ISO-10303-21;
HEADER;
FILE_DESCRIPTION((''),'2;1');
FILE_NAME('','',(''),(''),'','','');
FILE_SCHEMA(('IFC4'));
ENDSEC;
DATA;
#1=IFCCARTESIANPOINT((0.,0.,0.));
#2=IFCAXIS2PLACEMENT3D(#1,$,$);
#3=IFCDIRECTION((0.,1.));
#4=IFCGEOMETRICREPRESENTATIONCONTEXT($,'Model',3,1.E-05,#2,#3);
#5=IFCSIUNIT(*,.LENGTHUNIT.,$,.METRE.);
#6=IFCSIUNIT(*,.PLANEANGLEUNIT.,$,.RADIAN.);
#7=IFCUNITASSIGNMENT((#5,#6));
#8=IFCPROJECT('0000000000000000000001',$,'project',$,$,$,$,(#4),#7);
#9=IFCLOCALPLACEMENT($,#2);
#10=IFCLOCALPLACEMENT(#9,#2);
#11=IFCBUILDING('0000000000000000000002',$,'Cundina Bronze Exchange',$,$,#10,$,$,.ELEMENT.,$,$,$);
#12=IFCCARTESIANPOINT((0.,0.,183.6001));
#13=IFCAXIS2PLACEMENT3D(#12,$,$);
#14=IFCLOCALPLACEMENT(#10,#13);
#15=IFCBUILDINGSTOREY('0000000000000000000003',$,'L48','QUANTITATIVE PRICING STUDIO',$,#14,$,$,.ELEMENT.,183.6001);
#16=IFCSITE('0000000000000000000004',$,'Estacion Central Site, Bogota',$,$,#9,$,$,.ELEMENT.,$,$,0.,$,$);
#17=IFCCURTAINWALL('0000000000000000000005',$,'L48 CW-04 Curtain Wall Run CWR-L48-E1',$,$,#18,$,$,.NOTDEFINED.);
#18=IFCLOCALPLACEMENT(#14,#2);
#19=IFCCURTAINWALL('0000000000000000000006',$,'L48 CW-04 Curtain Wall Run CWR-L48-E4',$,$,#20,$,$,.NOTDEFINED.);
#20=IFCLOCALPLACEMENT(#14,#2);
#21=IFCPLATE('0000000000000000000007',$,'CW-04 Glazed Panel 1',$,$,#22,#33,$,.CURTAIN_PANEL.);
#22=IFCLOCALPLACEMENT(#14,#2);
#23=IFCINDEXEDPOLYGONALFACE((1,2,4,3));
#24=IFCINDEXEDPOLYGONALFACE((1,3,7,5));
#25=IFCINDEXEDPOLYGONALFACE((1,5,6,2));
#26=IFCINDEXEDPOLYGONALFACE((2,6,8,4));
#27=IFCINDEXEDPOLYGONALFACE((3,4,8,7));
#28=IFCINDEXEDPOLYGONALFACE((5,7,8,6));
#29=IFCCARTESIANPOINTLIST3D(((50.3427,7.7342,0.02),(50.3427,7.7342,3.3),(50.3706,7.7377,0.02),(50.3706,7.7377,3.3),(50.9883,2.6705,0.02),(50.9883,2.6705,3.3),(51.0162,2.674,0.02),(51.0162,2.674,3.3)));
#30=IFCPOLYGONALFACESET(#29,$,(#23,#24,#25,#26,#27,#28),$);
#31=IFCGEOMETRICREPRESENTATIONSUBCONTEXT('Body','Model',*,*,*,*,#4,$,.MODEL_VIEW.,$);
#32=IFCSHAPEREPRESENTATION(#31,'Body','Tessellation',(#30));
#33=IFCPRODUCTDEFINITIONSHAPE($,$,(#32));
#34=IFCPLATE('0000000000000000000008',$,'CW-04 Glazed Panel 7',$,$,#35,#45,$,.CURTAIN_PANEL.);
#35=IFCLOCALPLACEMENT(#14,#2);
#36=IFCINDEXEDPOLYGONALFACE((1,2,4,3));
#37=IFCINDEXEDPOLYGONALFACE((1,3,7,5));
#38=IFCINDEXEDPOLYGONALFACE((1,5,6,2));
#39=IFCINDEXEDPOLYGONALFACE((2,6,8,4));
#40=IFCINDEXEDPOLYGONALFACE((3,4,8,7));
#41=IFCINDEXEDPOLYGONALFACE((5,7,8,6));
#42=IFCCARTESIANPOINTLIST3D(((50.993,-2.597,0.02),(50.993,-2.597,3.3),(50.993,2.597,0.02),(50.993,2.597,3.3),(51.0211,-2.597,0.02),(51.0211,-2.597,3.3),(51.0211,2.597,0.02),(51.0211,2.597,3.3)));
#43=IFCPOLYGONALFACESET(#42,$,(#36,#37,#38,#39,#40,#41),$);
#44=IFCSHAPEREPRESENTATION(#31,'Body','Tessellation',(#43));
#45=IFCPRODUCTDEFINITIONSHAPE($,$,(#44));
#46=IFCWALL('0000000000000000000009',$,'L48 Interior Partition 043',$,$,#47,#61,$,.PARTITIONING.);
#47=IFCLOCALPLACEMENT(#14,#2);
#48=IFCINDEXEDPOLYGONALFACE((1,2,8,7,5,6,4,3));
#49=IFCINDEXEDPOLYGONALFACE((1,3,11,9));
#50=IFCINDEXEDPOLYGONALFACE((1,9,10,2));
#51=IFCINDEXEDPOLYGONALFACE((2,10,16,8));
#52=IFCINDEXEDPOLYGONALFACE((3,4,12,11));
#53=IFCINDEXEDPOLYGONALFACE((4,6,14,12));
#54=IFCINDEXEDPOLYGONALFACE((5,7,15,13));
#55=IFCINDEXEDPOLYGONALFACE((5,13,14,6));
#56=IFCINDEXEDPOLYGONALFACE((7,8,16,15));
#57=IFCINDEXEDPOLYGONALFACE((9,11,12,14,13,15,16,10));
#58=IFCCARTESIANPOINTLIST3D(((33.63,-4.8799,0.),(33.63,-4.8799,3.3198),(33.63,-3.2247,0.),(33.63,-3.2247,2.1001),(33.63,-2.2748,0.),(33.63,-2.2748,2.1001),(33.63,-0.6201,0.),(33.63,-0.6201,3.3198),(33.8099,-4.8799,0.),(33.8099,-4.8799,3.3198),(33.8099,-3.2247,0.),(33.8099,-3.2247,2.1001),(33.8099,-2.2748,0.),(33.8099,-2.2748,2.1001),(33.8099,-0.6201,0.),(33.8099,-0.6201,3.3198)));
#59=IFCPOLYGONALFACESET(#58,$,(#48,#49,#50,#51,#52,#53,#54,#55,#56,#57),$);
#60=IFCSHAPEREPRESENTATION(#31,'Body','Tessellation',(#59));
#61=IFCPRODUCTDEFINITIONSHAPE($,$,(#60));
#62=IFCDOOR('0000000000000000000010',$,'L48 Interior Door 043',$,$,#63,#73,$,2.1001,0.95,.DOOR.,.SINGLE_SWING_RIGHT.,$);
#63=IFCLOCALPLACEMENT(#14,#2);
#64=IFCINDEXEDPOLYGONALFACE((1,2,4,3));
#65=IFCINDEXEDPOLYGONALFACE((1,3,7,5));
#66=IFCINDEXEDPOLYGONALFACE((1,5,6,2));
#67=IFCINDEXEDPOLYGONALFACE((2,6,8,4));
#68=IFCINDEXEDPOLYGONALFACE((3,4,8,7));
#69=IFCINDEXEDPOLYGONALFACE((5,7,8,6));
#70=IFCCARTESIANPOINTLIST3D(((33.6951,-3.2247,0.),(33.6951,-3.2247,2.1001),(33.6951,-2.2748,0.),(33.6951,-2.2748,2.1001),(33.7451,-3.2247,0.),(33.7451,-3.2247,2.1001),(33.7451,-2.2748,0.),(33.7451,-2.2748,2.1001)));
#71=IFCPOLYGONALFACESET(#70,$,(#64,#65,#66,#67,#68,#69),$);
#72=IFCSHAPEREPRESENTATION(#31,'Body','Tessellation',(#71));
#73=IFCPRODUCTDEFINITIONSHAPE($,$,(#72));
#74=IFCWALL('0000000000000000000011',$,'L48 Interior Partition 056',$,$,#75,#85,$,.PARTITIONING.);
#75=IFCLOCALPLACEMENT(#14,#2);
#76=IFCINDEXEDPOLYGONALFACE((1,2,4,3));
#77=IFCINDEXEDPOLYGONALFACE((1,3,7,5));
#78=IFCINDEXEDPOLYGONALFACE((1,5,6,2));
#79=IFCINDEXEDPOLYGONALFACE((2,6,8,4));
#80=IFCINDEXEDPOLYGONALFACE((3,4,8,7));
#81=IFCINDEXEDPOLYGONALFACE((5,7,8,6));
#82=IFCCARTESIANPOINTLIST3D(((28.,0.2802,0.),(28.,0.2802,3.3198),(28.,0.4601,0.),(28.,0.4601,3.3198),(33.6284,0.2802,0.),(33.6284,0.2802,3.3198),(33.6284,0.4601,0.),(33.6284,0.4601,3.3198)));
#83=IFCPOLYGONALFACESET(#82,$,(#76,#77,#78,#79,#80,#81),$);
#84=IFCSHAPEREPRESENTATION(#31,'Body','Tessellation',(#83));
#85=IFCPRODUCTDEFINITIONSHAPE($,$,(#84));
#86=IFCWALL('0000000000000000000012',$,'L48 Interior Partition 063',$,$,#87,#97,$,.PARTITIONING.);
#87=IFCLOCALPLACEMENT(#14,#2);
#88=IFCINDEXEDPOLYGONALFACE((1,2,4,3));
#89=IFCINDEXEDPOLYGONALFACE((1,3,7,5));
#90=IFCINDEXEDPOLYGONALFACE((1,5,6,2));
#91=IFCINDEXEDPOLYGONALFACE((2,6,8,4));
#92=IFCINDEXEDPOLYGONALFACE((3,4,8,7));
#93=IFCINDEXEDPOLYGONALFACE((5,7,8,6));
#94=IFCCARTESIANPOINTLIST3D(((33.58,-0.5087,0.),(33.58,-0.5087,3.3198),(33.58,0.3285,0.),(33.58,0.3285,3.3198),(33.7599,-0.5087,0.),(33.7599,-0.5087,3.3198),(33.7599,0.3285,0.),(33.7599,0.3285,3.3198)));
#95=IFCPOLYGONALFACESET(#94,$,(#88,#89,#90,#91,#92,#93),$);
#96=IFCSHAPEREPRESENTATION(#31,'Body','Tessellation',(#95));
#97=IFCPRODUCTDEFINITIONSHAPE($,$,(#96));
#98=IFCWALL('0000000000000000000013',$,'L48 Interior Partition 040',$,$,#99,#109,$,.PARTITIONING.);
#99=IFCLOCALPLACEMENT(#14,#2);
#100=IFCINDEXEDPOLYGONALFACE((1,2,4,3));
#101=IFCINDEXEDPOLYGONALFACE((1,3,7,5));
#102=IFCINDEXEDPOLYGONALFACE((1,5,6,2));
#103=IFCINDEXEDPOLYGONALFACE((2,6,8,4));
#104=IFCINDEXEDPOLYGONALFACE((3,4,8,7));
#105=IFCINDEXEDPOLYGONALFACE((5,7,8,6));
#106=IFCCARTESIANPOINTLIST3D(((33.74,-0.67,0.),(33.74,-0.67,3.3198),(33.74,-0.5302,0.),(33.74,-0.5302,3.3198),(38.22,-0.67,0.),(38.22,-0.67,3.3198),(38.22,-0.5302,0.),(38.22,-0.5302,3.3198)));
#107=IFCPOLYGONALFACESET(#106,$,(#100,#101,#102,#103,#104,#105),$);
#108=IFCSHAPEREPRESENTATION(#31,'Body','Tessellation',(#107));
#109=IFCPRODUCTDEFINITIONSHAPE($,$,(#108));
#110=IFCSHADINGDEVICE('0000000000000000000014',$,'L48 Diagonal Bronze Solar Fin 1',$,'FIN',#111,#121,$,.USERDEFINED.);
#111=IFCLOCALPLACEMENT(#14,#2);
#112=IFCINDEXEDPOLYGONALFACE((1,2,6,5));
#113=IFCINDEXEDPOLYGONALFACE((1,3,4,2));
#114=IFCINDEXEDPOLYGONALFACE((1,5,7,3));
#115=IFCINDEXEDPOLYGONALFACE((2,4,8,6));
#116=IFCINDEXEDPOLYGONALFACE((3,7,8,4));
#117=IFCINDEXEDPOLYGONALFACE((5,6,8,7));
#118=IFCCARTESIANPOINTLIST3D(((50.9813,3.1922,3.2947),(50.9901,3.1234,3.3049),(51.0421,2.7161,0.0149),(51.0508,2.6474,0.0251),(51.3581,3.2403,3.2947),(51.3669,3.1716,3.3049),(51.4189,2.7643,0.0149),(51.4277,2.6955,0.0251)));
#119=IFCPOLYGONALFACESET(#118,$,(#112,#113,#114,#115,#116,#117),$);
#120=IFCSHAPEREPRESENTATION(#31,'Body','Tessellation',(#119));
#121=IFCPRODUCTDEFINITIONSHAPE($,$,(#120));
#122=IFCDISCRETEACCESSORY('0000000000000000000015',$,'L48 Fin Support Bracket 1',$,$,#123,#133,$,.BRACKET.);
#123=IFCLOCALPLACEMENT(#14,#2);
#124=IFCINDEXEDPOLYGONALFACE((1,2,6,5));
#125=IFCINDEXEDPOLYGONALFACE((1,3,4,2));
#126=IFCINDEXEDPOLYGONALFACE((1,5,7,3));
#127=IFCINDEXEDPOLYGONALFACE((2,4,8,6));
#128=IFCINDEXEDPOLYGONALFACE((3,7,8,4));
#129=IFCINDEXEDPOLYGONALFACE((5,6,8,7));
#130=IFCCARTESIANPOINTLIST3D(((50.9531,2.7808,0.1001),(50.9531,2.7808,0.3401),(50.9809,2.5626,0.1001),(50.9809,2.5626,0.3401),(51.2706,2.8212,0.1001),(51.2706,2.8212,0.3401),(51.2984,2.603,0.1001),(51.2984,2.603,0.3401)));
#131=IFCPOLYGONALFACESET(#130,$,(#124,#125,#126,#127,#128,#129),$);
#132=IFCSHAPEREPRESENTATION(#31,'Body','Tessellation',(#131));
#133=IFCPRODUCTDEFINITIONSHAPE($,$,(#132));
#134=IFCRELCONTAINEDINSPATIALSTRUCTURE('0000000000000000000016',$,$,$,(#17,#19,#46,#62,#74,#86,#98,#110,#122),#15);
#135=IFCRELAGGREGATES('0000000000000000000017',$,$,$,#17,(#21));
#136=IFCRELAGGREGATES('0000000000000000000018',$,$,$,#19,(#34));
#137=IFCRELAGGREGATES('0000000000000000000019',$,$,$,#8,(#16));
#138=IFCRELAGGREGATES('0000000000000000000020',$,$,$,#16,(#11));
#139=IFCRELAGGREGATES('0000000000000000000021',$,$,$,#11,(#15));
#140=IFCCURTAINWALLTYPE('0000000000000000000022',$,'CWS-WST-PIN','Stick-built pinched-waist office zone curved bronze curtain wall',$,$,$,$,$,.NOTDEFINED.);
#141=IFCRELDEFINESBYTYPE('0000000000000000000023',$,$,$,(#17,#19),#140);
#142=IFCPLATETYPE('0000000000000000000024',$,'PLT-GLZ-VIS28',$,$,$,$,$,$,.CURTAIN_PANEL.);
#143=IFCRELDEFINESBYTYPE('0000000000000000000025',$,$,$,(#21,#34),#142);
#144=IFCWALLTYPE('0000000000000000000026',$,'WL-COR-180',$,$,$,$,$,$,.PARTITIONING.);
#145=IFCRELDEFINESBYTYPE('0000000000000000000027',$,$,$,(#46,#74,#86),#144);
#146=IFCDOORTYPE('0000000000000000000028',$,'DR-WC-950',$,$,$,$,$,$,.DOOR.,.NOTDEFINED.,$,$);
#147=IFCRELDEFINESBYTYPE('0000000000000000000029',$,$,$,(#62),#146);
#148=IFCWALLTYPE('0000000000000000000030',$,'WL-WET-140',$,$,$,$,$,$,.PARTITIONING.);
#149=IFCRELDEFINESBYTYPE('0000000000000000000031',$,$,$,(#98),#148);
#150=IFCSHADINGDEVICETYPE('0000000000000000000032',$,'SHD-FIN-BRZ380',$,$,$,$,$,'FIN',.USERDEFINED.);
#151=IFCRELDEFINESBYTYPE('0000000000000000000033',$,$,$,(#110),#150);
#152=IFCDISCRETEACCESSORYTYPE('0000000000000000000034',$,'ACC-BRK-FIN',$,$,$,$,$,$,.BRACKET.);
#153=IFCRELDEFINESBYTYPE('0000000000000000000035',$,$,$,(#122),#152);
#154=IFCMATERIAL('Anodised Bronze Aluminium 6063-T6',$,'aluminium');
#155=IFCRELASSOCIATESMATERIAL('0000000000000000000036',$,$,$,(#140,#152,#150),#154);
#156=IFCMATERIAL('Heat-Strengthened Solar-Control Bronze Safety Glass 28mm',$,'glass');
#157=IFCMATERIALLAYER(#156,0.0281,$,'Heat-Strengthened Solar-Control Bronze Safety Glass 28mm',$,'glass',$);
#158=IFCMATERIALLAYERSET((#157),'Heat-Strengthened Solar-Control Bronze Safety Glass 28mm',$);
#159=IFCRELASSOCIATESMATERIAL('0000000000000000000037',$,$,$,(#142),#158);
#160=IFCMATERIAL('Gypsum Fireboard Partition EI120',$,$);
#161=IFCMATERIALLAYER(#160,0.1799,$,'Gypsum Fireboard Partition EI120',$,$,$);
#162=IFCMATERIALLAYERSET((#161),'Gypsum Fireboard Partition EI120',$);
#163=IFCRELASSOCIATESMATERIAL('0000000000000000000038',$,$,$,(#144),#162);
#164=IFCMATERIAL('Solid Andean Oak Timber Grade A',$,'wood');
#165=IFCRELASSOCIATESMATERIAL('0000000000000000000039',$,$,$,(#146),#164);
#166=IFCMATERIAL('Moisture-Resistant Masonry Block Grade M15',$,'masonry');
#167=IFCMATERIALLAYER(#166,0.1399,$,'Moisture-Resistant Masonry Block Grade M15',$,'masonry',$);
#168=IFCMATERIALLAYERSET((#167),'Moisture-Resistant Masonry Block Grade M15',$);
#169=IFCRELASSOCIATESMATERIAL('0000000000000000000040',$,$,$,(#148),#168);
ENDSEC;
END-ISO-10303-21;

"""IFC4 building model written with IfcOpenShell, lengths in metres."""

from ifc_helpers import new_model, si_unit, direction, frame, frame_2d, origin, origin_2d, place, context, subcontext, project, spatial, rectangle, extrude, material, layer, layer_set, material_profile, profile_set, type_object, element, fill, aggregate, save


model = new_model("IFC4")

# Units and contexts
model_context = context("Model", 3, precision=1e-05, world=origin(), true_north=direction((0.0, 1.0)))
body_context = subcontext(model_context, "Body", "Model", "MODEL_VIEW")
ifc_project = project(units=[si_unit("LENGTHUNIT", "METRE"), si_unit("PLANEANGLEUNIT", "RADIAN")], contexts=[model_context])

# Site, building, storey
site_placement = place(None, origin())
site = spatial("IfcSite", under=ifc_project, at=site_placement, Name="Estacion Central Site, Bogota", CompositionType="ELEMENT", RefElevation=0.0)
building_placement = place(site_placement, origin())
building = spatial("IfcBuilding", under=site, at=building_placement, Name="Cundina Bronze Exchange", CompositionType="ELEMENT")
storey_placement = place(building_placement, frame((0.0, 0.0, 183.6001)))
storey = spatial("IfcBuildingStorey", under=building, at=storey_placement, Name="L48", Description="QUANTITATIVE PRICING STUDIO", CompositionType="ELEMENT", Elevation=183.6001)

# Curtain walls
ifc_material_1 = material(Name="Anodised Bronze Aluminium 6063-T6", Category="aluminium")
curtain_wall_type = type_object("IfcCurtainWallType", Name="CWS-WST-PIN", Description="Stick-built pinched-waist office zone curved bronze curtain wall", PredefinedType="NOTDEFINED", material=ifc_material_1)
curtain_wall_1_placement = place(storey_placement, origin())
curtain_wall_1 = element("IfcCurtainWall", 1, at=curtain_wall_1_placement, inside=storey, type_object=curtain_wall_type, Name="L48 CW-04 Curtain Wall Run CWR-L48-E1", PredefinedType="NOTDEFINED")
curtain_wall_2_placement = place(storey_placement, origin())
curtain_wall_2 = element("IfcCurtainWall", 2, at=curtain_wall_2_placement, inside=storey, type_object=curtain_wall_type, Name="L48 CW-04 Curtain Wall Run CWR-L48-E4", PredefinedType="NOTDEFINED")

# Plates
ifc_material_2 = material(Name="Heat-Strengthened Solar-Control Bronze Safety Glass 28mm", Category="glass")
ifc_layer_1 = layer(ifc_material_2, 0.0281, Name="Heat-Strengthened Solar-Control Bronze Safety Glass 28mm", Category="glass")
ifc_layer_set_1 = layer_set([ifc_layer_1], Name="Heat-Strengthened Solar-Control Bronze Safety Glass 28mm")
plate_type = type_object("IfcPlateType", Name="PLT-GLZ-VIS28", PredefinedType="CURTAIN_PANEL", material=ifc_layer_set_1)
plate_1_placement = place(storey_placement, frame((50.6794, 5.2041, 0.02), z_axis=(0.0, 0.0, 1.0), x_axis=(-0.126476, 0.99197, 0.0)))
plate_1 = element("IfcPlate", 3, at=plate_1_placement, type_object=plate_type, Name="CW-04 Glazed Panel 1", PredefinedType="CURTAIN_PANEL", context=body_context, shape_type="SweptSolid", body=[
    extrude(rectangle(XDim=5.1047, YDim=0.0281, at=origin_2d()), origin(), (0.0, 0.0, 1.0), 3.28),
])
aggregate(curtain_wall_1, [plate_1])
plate_2_placement = place(storey_placement, frame((51.0071, 0.0, 0.02), z_axis=(0.0, 0.0, 1.0), x_axis=(0.0, 1.0, 0.0)))
plate_2 = element("IfcPlate", 4, at=plate_2_placement, type_object=plate_type, Name="CW-04 Glazed Panel 7", PredefinedType="CURTAIN_PANEL", context=body_context, shape_type="SweptSolid", body=[
    extrude(rectangle(XDim=5.1941, YDim=0.0281, at=origin_2d()), origin(), (0.0, 0.0, 1.0), 3.28),
])
aggregate(curtain_wall_2, [plate_2])

# Wall, opening, door
ifc_material_3 = material(Name="Gypsum Fireboard Partition EI120")
ifc_layer_2 = layer(ifc_material_3, 0.1799, Name="Gypsum Fireboard Partition EI120")
ifc_layer_set_2 = layer_set([ifc_layer_2], Name="Gypsum Fireboard Partition EI120")
wall_type_1 = type_object("IfcWallType", Name="WL-COR-180", PredefinedType="PARTITIONING", material=ifc_layer_set_2)
wall_1_placement = place(storey_placement, frame((33.72, -4.8799, 0.0), z_axis=(0.0, 0.0, 1.0), x_axis=(0.0, 1.0, 0.0)))
wall_1 = element("IfcWall", 5, at=wall_1_placement, inside=storey, type_object=wall_type_1, Name="L48 Interior Partition 043", PredefinedType="PARTITIONING", context=body_context, shape_type="SweptSolid", body=[
    extrude(rectangle(XDim=4.2598, YDim=0.1799, at=frame_2d((2.1299, 0.0))), origin(), (0.0, 0.0, 1.0), 3.3198),
])
opening_placement = place(wall_1_placement, frame((1.655, 0.0, 0.0)))
opening = element("IfcOpeningElement", 6, at=opening_placement, cuts=wall_1, PredefinedType="OPENING", context=body_context, shape_type="SweptSolid", body=[
    extrude(rectangle(XDim=0.95, YDim=2.1001, at=frame_2d((0.4751, 1.05))), frame((0.0, 0.0999, 0.0), z_axis=(0.0, -1.0, 0.0), x_axis=(1.0, 0.0, 0.0)), (0.0, 0.0, 1.0), 0.2),
])
ifc_material_4 = material(Name="Solid Andean Oak Timber Grade A", Category="wood")
door_type = type_object("IfcDoorType", Name="DR-WC-950", OperationType="NOTDEFINED", PredefinedType="DOOR", material=ifc_material_4)
door_placement = place(opening_placement, origin())
door = element("IfcDoor", 7, at=door_placement, inside=storey, type_object=door_type, Name="L48 Interior Door 043", OperationType="SINGLE_SWING_RIGHT", OverallHeight=2.1001, OverallWidth=0.95, PredefinedType="DOOR", context=body_context, shape_type="SweptSolid", body=[
    extrude(rectangle(XDim=0.95, YDim=2.1001, at=frame_2d((0.4751, 1.05))), frame((0.0, 0.0249, 0.0), z_axis=(0.0, -1.0, 0.0), x_axis=(1.0, 0.0, 0.0)), (0.0, 0.0, 1.0), 0.05),
])
fill(opening, door)

# Walls
wall_2_placement = place(storey_placement, frame((33.6284, 0.3701, 0.0), z_axis=(0.0, 0.0, 1.0), x_axis=(-1.0, 0.0, 0.0)))
element("IfcWall", 8, at=wall_2_placement, inside=storey, type_object=wall_type_1, Name="L48 Interior Partition 056", PredefinedType="PARTITIONING", context=body_context, shape_type="SweptSolid", body=[
    extrude(rectangle(XDim=5.6284, YDim=0.1799, at=frame_2d((2.8142, 0.0))), origin(), (0.0, 0.0, 1.0), 3.3198),
])
wall_3_placement = place(storey_placement, frame((33.6699, -0.5085, 0.0), z_axis=(0.0, 0.0, 1.0), x_axis=(0.0, 1.0, 0.0)))
element("IfcWall", 9, at=wall_3_placement, inside=storey, type_object=wall_type_1, Name="L48 Interior Partition 063", PredefinedType="PARTITIONING", context=body_context, shape_type="SweptSolid", body=[
    extrude(rectangle(XDim=0.8372, YDim=0.1799, at=frame_2d((0.4185, 0.0))), origin(), (0.0, 0.0, 1.0), 3.3198),
])
ifc_material_5 = material(Name="Moisture-Resistant Masonry Block Grade M15", Category="masonry")
ifc_layer_3 = layer(ifc_material_5, 0.1399, Name="Moisture-Resistant Masonry Block Grade M15", Category="masonry")
ifc_layer_set_3 = layer_set([ifc_layer_3], Name="Moisture-Resistant Masonry Block Grade M15")
wall_type_2 = type_object("IfcWallType", Name="WL-WET-140", PredefinedType="PARTITIONING", material=ifc_layer_set_3)
wall_4_placement = place(storey_placement, frame((33.74, -0.6001, 0.0), z_axis=(0.0, 0.0, 1.0), x_axis=(1.0, 0.0, 0.0)))
element("IfcWall", 10, at=wall_4_placement, inside=storey, type_object=wall_type_2, Name="L48 Interior Partition 040", PredefinedType="PARTITIONING", context=body_context, shape_type="SweptSolid", body=[
    extrude(rectangle(XDim=4.48, YDim=0.1399, at=frame_2d((2.24, 0.0))), origin(), (0.0, 0.0, 1.0), 3.3198),
])

# Shading device
ifc_material_profile_1 = material_profile(ifc_material_1, rectangle(XDim=0.0701, YDim=0.3799, at=origin_2d()), Name="FIN70X380", Category="aluminium")
ifc_profile_set_1 = profile_set([ifc_material_profile_1], Name="Anodised Bronze Aluminium 6063-T6")
shading_device_type = type_object("IfcShadingDeviceType", Name="SHD-FIN-BRZ380", ElementType="FIN", PredefinedType="USERDEFINED", material=ifc_profile_set_1)
shading_device_placement = place(storey_placement, frame((51.2349, 2.7058, 0.02), z_axis=(-0.01834, 0.143624, 0.989462), x_axis=(0.125329, -0.981493, 0.144791)))
element("IfcShadingDevice", 11, at=shading_device_placement, inside=storey, type_object=shading_device_type, Name="L48 Diagonal Bronze Solar Fin 1", ObjectType="FIN", PredefinedType="USERDEFINED", context=body_context, shape_type="SweptSolid", body=[
    extrude(rectangle(XDim=0.0701, YDim=0.3799, at=origin_2d()), origin(), (0.0, 0.0, 1.0), 3.3147),
])

# Discrete accessory
discrete_accessory_type = type_object("IfcDiscreteAccessoryType", Name="ACC-BRK-FIN", PredefinedType="BRACKET", material=ifc_material_1)
discrete_accessory_placement = place(storey_placement, frame((51.1257, 2.6919, 0.1001), z_axis=(0.0, 0.0, 1.0), x_axis=(-0.126476, 0.99197, 0.0)))
element("IfcDiscreteAccessory", 12, at=discrete_accessory_placement, inside=storey, type_object=discrete_accessory_type, Name="L48 Fin Support Bracket 1", PredefinedType="BRACKET", context=body_context, shape_type="SweptSolid", body=[
    extrude(rectangle(XDim=0.22, YDim=0.3201, at=origin_2d()), origin(), (0.0, 0.0, 1.0), 0.24),
])

save(model, "model.ifc")
